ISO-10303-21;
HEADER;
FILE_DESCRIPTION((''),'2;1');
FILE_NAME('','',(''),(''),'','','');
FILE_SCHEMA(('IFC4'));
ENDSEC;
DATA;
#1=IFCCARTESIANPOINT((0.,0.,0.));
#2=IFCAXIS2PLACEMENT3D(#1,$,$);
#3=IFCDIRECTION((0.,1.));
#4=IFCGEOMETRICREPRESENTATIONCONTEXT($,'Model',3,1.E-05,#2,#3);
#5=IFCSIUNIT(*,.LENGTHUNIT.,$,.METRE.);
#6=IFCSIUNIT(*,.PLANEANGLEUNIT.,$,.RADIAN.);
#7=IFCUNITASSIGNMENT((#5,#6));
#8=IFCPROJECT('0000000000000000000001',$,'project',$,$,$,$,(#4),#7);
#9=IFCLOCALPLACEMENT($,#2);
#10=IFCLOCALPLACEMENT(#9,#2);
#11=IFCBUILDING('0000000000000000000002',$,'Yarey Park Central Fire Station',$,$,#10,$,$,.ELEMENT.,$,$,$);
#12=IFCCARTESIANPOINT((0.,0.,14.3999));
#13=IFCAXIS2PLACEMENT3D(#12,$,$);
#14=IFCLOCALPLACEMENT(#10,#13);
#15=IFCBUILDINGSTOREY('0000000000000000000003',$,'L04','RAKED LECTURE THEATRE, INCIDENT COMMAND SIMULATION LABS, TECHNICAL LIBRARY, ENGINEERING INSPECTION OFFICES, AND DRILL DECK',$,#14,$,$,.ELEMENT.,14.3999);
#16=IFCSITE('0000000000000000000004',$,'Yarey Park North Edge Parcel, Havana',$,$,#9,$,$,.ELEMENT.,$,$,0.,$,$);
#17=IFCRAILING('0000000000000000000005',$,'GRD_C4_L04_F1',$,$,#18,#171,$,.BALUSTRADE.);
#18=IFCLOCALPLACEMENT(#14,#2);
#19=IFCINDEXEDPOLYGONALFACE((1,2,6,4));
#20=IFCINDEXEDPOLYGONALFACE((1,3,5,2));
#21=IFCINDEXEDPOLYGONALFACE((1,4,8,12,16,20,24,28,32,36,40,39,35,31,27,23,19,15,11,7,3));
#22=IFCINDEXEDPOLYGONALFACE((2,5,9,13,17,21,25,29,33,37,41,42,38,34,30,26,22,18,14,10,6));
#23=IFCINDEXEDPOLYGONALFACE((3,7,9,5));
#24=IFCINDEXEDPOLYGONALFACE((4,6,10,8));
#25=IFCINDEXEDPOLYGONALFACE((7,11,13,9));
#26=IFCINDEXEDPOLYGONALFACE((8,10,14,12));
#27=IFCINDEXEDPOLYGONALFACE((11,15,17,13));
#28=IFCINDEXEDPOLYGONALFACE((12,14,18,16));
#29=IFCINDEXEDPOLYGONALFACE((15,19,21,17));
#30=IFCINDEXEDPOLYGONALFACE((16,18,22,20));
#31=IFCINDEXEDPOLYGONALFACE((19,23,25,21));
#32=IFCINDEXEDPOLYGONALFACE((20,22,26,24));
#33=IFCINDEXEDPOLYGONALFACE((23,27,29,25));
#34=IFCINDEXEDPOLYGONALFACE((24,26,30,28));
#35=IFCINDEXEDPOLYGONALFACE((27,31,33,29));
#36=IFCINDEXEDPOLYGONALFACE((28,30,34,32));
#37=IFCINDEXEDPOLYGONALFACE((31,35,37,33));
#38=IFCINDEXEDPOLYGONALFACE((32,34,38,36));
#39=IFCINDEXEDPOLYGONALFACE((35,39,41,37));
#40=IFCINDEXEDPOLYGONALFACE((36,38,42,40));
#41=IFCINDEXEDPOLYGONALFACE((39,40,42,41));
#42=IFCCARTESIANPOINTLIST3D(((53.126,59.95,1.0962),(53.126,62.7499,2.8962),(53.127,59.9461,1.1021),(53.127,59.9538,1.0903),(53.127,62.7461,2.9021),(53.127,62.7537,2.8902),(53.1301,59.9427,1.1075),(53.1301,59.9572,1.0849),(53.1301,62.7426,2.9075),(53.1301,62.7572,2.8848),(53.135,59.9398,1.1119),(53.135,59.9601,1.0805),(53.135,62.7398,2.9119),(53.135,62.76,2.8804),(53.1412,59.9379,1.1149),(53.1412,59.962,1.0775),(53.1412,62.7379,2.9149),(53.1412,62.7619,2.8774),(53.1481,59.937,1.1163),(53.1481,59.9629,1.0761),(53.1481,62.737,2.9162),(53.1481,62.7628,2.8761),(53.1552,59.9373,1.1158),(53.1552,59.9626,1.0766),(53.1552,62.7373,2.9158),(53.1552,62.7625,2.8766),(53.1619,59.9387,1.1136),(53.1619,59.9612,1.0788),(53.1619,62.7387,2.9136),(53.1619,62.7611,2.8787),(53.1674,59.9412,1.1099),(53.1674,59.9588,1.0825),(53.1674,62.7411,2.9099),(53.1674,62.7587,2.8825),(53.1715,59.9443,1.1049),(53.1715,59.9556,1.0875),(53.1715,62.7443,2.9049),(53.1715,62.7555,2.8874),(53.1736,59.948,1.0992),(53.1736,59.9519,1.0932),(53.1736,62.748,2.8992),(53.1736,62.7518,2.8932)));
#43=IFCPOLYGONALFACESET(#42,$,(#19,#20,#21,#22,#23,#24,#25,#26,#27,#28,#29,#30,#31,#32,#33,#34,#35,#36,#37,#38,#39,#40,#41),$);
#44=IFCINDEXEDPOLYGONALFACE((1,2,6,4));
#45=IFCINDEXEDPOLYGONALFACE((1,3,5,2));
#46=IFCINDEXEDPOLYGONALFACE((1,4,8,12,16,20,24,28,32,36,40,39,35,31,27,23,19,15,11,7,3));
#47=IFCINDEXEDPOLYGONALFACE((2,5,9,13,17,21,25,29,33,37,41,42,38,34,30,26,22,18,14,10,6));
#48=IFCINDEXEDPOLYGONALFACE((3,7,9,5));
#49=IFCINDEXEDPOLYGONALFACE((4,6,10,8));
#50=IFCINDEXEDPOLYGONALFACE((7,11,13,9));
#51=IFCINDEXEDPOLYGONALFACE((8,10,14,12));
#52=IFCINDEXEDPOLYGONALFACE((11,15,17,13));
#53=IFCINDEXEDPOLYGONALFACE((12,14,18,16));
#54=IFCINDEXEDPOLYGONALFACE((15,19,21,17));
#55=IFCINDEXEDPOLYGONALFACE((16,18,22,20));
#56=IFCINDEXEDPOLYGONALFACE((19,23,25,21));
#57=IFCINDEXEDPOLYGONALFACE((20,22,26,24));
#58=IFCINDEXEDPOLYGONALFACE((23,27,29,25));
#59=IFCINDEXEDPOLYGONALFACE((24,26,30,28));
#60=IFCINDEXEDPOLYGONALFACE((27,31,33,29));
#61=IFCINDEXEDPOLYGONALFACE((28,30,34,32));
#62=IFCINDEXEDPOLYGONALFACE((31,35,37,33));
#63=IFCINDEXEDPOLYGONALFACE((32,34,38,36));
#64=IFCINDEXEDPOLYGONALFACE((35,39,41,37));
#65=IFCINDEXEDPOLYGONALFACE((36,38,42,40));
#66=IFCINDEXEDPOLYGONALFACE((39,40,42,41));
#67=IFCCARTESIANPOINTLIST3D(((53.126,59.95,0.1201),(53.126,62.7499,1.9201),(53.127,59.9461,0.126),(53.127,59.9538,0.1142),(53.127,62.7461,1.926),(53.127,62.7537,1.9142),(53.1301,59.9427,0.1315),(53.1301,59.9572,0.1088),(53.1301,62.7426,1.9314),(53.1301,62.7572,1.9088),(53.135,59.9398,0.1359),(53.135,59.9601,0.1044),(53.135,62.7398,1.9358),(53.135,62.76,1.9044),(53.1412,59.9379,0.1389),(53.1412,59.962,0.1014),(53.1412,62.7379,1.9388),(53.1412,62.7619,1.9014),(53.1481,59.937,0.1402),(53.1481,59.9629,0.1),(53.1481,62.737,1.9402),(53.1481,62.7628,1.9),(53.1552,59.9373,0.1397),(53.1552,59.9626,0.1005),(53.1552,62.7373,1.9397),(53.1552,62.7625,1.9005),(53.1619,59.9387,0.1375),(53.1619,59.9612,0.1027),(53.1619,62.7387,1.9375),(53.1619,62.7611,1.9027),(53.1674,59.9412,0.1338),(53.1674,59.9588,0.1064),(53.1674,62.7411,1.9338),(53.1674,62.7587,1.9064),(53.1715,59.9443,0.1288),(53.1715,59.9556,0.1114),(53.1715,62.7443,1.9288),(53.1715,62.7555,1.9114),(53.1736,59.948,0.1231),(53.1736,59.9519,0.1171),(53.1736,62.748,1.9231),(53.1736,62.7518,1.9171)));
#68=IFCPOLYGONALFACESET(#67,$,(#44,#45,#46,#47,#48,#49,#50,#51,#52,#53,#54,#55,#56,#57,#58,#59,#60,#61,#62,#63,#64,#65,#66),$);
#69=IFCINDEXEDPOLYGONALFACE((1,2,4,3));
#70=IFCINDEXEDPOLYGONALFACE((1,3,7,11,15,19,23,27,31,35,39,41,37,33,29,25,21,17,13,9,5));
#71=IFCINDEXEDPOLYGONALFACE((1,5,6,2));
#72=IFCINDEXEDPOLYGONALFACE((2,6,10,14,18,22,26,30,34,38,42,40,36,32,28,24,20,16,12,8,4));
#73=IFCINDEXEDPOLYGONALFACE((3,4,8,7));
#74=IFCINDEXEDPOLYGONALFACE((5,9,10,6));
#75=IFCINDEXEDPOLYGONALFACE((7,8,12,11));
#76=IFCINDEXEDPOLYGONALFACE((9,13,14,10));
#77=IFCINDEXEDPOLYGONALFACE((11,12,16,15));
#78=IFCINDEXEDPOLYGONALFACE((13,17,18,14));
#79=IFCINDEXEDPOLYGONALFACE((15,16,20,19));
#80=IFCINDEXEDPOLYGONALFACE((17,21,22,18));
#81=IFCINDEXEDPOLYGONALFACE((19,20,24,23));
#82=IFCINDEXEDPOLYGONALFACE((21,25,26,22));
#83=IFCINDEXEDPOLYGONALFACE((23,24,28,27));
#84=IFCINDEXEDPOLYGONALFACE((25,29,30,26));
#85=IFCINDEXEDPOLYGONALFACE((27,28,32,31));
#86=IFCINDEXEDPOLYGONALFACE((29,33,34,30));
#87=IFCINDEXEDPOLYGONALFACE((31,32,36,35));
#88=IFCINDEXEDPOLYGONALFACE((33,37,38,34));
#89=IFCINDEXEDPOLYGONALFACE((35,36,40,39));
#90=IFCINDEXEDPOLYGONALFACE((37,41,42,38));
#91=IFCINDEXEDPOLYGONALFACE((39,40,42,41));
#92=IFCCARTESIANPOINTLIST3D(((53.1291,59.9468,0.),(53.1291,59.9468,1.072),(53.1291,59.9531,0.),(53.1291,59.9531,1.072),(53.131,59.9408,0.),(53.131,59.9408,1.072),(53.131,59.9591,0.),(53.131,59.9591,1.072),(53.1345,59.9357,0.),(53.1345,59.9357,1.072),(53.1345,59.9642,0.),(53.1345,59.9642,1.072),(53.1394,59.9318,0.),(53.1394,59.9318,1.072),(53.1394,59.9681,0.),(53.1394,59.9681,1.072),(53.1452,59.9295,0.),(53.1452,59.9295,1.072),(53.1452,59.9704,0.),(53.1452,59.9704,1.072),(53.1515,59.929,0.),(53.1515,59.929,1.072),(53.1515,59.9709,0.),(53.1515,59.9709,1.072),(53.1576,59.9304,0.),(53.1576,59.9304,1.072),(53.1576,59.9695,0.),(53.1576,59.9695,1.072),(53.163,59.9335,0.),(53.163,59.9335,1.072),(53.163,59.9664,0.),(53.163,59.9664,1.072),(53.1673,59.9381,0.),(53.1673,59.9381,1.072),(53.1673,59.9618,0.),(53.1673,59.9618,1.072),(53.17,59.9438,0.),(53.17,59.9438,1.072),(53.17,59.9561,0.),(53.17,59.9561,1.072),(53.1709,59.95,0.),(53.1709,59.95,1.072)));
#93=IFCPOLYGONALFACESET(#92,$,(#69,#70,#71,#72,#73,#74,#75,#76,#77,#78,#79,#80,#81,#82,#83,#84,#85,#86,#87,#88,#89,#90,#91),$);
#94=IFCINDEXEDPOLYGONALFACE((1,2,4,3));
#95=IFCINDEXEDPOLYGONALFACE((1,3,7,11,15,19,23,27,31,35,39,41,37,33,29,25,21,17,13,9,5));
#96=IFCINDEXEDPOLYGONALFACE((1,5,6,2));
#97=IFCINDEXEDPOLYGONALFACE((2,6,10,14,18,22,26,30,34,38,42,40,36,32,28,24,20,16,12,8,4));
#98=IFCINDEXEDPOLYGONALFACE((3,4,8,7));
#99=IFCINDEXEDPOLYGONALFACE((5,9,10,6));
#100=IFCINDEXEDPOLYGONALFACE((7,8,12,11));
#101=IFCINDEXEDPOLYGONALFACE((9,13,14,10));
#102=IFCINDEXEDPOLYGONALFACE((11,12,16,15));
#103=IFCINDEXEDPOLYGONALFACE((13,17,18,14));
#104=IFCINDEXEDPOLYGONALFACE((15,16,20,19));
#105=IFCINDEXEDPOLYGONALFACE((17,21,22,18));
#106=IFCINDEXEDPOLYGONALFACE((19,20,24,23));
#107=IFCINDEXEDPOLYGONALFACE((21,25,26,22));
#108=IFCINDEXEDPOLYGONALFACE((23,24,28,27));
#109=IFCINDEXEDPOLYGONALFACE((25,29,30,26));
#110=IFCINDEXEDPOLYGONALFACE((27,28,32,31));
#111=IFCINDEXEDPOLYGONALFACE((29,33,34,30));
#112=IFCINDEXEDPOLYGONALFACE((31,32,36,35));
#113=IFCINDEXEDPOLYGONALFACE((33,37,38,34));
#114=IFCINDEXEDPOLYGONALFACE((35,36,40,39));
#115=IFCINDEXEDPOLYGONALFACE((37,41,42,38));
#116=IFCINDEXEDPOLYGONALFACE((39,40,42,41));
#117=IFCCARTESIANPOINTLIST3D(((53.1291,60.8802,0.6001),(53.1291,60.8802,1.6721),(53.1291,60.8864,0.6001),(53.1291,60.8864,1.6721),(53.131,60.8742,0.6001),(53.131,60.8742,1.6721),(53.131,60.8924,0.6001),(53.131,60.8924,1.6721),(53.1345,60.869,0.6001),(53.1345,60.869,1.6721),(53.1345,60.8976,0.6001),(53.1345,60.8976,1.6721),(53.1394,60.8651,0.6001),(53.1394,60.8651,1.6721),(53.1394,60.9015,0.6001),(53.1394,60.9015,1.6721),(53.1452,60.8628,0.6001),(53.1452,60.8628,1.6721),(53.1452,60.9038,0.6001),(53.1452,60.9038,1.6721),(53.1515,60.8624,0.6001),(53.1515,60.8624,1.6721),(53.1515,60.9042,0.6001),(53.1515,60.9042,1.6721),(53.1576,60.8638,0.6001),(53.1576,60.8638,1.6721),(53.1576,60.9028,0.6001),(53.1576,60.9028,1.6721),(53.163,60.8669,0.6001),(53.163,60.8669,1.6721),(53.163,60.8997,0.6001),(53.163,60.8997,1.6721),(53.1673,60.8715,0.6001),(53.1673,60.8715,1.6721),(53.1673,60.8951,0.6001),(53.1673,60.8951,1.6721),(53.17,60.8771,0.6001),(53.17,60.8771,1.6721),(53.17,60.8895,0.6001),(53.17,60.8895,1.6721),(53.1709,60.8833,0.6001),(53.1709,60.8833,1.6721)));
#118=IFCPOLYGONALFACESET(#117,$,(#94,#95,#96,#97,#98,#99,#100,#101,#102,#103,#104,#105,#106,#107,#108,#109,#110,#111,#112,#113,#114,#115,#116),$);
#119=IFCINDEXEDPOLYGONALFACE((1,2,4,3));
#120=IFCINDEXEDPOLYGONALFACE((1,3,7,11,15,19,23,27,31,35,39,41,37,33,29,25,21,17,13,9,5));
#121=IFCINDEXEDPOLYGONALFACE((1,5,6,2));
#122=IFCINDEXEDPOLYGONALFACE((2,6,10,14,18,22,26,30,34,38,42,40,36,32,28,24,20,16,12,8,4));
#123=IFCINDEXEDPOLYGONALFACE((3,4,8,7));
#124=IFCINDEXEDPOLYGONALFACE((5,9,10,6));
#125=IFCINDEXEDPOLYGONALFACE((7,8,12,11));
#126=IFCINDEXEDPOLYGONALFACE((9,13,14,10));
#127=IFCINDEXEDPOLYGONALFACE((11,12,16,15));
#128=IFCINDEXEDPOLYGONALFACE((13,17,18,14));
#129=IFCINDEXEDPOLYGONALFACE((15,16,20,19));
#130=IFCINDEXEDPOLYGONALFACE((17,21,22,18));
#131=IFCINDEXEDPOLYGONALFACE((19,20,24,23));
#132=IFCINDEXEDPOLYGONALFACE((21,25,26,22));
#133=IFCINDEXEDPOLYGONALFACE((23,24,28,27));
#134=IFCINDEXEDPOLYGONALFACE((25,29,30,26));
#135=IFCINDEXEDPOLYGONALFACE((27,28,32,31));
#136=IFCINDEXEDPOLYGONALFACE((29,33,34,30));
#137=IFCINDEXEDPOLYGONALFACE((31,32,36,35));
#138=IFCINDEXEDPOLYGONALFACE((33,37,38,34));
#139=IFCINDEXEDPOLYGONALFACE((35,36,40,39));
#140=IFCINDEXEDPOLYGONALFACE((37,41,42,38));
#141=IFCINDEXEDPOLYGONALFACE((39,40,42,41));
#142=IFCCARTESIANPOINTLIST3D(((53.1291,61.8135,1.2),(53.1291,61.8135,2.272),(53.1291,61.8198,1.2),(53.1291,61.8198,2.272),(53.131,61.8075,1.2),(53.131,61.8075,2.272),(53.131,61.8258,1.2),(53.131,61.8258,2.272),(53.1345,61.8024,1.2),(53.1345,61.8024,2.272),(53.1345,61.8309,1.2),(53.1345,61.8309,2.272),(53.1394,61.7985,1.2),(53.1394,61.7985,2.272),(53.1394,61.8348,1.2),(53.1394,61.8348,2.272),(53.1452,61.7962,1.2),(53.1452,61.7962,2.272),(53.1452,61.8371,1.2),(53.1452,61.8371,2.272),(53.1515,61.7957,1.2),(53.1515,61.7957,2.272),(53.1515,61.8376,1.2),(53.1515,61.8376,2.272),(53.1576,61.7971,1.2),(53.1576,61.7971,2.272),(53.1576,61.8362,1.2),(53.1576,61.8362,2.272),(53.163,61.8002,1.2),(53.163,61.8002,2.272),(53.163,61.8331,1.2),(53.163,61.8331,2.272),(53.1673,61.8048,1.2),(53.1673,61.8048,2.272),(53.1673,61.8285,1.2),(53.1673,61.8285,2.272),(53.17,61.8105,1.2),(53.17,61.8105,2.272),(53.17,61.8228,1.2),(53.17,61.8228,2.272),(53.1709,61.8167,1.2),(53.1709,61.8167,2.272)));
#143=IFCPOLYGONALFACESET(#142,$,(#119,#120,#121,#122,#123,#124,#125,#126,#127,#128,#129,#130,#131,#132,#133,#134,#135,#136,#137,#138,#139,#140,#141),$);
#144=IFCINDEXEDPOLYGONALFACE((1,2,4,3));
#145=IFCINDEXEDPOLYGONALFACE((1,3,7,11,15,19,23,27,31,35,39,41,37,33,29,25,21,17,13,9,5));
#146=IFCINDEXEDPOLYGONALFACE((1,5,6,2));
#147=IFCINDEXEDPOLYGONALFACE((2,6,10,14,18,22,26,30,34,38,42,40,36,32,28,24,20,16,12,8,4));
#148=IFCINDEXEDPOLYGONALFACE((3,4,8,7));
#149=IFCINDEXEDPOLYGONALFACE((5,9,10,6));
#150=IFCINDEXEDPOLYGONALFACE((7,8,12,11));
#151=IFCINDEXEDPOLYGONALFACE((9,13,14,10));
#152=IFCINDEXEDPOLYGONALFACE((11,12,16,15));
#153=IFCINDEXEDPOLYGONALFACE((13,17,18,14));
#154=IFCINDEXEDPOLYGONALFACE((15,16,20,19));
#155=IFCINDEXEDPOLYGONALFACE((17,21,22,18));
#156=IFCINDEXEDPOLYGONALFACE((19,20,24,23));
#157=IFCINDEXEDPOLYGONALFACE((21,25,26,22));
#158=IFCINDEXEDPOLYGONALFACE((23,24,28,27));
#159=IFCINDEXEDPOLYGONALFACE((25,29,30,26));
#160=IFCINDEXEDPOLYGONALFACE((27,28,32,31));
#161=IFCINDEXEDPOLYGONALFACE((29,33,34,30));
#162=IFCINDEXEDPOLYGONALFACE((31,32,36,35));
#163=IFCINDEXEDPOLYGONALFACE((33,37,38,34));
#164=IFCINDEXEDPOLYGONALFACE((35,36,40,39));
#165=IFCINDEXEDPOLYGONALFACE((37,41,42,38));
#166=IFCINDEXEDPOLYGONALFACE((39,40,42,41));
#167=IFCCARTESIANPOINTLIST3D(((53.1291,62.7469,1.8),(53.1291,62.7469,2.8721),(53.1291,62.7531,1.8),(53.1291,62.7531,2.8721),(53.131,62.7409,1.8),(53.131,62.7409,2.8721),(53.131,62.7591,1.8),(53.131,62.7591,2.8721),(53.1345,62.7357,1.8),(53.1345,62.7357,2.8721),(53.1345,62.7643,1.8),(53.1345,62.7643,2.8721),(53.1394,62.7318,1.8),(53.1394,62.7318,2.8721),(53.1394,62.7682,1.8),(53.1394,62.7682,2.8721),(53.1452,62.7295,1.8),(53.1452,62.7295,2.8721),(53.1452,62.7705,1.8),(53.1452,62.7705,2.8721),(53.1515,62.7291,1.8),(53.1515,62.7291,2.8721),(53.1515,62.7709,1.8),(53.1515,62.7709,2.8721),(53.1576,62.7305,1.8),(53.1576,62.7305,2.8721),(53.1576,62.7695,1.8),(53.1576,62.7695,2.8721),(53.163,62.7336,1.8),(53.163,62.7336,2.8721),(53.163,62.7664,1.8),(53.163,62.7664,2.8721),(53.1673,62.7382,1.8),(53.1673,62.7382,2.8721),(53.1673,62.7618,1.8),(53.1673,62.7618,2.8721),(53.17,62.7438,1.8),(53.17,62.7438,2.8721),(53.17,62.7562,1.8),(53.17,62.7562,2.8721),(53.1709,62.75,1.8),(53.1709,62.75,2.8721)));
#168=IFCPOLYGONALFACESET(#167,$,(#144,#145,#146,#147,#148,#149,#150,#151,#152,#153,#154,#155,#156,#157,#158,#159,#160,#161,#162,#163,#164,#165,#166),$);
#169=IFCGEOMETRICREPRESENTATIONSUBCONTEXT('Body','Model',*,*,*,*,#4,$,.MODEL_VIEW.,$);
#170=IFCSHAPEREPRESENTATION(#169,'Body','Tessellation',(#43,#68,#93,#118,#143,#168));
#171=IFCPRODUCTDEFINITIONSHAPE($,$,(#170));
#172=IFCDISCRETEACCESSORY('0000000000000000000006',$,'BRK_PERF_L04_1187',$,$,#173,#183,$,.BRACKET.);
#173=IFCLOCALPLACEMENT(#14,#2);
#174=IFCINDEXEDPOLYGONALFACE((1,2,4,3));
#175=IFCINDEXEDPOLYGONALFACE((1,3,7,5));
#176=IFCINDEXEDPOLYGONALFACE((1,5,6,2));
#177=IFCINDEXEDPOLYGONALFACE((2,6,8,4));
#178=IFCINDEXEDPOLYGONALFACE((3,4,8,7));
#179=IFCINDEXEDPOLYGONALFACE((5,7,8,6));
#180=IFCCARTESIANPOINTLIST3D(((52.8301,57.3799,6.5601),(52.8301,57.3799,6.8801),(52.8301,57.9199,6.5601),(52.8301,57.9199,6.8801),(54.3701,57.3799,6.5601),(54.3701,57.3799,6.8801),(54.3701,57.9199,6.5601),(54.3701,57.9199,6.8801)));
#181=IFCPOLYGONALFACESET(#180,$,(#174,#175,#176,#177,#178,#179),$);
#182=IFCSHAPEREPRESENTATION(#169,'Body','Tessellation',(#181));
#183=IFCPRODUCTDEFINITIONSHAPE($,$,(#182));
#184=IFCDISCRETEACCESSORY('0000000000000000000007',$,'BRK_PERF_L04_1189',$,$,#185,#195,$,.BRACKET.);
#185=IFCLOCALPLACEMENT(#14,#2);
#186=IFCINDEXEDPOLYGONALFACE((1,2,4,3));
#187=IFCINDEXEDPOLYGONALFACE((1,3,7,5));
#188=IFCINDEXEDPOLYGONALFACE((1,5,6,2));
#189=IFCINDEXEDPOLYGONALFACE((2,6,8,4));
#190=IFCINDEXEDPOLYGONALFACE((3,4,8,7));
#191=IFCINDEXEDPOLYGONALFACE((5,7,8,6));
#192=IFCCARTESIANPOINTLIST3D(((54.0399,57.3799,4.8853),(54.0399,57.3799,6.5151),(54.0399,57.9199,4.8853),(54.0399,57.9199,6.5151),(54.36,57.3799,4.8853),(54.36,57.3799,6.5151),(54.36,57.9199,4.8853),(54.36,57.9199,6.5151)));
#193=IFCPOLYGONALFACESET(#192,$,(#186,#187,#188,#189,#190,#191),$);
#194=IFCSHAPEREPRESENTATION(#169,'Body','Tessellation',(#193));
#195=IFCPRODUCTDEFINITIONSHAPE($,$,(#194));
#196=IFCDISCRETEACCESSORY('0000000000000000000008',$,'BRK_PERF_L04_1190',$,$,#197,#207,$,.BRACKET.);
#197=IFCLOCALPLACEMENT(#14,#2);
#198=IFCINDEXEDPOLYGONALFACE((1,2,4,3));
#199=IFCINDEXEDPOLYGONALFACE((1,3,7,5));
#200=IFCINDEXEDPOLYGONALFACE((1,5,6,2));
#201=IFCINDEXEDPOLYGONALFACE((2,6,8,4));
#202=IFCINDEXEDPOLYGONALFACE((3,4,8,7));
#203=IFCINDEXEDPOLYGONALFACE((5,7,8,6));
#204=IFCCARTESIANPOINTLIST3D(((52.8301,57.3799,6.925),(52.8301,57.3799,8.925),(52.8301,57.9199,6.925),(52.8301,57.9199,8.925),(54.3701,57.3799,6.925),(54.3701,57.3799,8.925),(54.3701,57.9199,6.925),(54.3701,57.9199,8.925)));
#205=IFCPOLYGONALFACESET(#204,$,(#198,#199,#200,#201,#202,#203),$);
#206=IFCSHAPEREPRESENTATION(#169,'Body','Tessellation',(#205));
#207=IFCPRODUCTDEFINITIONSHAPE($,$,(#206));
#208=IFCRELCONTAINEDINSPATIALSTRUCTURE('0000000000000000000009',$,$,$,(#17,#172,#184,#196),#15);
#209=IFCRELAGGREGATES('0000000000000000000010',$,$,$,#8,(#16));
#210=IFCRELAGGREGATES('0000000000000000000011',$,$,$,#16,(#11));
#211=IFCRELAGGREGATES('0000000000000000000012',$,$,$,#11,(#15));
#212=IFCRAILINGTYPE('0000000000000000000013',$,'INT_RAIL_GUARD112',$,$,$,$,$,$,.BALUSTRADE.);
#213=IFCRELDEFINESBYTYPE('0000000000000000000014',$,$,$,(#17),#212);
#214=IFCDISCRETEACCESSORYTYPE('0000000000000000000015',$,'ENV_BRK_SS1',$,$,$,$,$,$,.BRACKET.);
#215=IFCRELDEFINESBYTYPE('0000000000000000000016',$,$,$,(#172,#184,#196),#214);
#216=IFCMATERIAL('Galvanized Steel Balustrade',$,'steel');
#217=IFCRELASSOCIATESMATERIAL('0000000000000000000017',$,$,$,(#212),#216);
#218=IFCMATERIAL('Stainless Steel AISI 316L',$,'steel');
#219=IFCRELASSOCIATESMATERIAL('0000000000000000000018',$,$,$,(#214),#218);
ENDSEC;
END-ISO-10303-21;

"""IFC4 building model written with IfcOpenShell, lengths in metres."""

from ifc_helpers import new_model, si_unit, direction, frame, origin, origin_2d, place, context, subcontext, project, spatial, rectangle, circle, extrude, material, type_object, element, save


model = new_model("IFC4")

# Units and contexts
model_context = context("Model", 3, precision=1e-05, world=origin(), true_north=direction((0.0, 1.0)))
body_context = subcontext(model_context, "Body", "Model", "MODEL_VIEW")
ifc_project = project(units=[si_unit("LENGTHUNIT", "METRE"), si_unit("PLANEANGLEUNIT", "RADIAN")], contexts=[model_context])

# Site, building, storey
site_placement = place(None, origin())
site = spatial("IfcSite", under=ifc_project, at=site_placement, Name="Yarey Park North Edge Parcel, Havana", CompositionType="ELEMENT", RefElevation=0.0)
building_placement = place(site_placement, origin())
building = spatial("IfcBuilding", under=site, at=building_placement, Name="Yarey Park Central Fire Station", CompositionType="ELEMENT")
storey_placement = place(building_placement, frame((0.0, 0.0, 14.3999)))
storey = spatial("IfcBuildingStorey", under=building, at=storey_placement, Name="L04", Description="RAKED LECTURE THEATRE, INCIDENT COMMAND SIMULATION LABS, TECHNICAL LIBRARY, ENGINEERING INSPECTION OFFICES, AND DRILL DECK", CompositionType="ELEMENT", Elevation=14.3999)

# Railing
ifc_material_1 = material(Name="Galvanized Steel Balustrade", Category="steel")
railing_type = type_object("IfcRailingType", Name="INT_RAIL_GUARD112", PredefinedType="BALUSTRADE", material=ifc_material_1)
railing_placement = place(storey_placement, frame((53.1499, 59.95, 0.0)))
element("IfcRailing", 1, at=railing_placement, inside=storey, type_object=railing_type, Name="GRD_C4_L04_F1", PredefinedType="BALUSTRADE", context=body_context, shape_type="SweptSolid", body=[
    extrude(circle(Radius=0.0239, at=origin_2d()), frame((0.0, 0.0, 1.0962), z_axis=(0.0, 0.841176, 0.540761), x_axis=(-1.0, 0.0, 0.0)), (0.0, 0.0, 1.0), 3.3286),
    extrude(circle(Radius=0.0239, at=origin_2d()), frame((0.0, 0.0, 0.1201), z_axis=(0.0, 0.841176, 0.540761), x_axis=(-1.0, 0.0, 0.0)), (0.0, 0.0, 1.0), 3.3286),
    extrude(circle(Radius=0.021, at=origin_2d()), origin(), (0.0, 0.0, 1.0), 1.072),
    extrude(circle(Radius=0.021, at=origin_2d()), frame((0.0, 0.9333, 0.6001)), (0.0, 0.0, 1.0), 1.072),
    extrude(circle(Radius=0.021, at=origin_2d()), frame((0.0, 1.8667, 1.2)), (0.0, 0.0, 1.0), 1.072),
    extrude(circle(Radius=0.021, at=origin_2d()), frame((0.0, 2.8, 1.8)), (0.0, 0.0, 1.0), 1.072),
])

# Discrete accessories
ifc_material_2 = material(Name="Stainless Steel AISI 316L", Category="steel")
discrete_accessory_type = type_object("IfcDiscreteAccessoryType", Name="ENV_BRK_SS1", PredefinedType="BRACKET", material=ifc_material_2)
discrete_accessory_1_placement = place(storey_placement, frame((53.6001, 57.6499, 6.5601), z_axis=(0.0, 0.0, 1.0), x_axis=(1.0, 0.0, 0.0)))
element("IfcDiscreteAccessory", 2, at=discrete_accessory_1_placement, inside=storey, type_object=discrete_accessory_type, Name="BRK_PERF_L04_1187", PredefinedType="BRACKET", context=body_context, shape_type="SweptSolid", body=[
    extrude(rectangle(XDim=1.54, YDim=0.54, at=origin_2d()), origin(), (0.0, 0.0, 1.0), 0.3201),
])
discrete_accessory_2_placement = place(storey_placement, frame((54.2, 57.6499, 4.8853), z_axis=(0.0, 0.0, 1.0), x_axis=(1.0, 0.0, 0.0)))
element("IfcDiscreteAccessory", 3, at=discrete_accessory_2_placement, inside=storey, type_object=discrete_accessory_type, Name="BRK_PERF_L04_1189", PredefinedType="BRACKET", context=body_context, shape_type="SweptSolid", body=[
    extrude(rectangle(XDim=0.3201, YDim=0.54, at=origin_2d()), origin(), (0.0, 0.0, 1.0), 1.6299),
])
discrete_accessory_3_placement = place(storey_placement, frame((53.6001, 57.6499, 6.925), z_axis=(0.0, 0.0, 1.0), x_axis=(1.0, 0.0, 0.0)))
element("IfcDiscreteAccessory", 4, at=discrete_accessory_3_placement, inside=storey, type_object=discrete_accessory_type, Name="BRK_PERF_L04_1190", PredefinedType="BRACKET", context=body_context, shape_type="SweptSolid", body=[
    extrude(rectangle(XDim=1.54, YDim=0.54, at=origin_2d()), origin(), (0.0, 0.0, 1.0), 2.0),
])

save(model, "model.ifc")
